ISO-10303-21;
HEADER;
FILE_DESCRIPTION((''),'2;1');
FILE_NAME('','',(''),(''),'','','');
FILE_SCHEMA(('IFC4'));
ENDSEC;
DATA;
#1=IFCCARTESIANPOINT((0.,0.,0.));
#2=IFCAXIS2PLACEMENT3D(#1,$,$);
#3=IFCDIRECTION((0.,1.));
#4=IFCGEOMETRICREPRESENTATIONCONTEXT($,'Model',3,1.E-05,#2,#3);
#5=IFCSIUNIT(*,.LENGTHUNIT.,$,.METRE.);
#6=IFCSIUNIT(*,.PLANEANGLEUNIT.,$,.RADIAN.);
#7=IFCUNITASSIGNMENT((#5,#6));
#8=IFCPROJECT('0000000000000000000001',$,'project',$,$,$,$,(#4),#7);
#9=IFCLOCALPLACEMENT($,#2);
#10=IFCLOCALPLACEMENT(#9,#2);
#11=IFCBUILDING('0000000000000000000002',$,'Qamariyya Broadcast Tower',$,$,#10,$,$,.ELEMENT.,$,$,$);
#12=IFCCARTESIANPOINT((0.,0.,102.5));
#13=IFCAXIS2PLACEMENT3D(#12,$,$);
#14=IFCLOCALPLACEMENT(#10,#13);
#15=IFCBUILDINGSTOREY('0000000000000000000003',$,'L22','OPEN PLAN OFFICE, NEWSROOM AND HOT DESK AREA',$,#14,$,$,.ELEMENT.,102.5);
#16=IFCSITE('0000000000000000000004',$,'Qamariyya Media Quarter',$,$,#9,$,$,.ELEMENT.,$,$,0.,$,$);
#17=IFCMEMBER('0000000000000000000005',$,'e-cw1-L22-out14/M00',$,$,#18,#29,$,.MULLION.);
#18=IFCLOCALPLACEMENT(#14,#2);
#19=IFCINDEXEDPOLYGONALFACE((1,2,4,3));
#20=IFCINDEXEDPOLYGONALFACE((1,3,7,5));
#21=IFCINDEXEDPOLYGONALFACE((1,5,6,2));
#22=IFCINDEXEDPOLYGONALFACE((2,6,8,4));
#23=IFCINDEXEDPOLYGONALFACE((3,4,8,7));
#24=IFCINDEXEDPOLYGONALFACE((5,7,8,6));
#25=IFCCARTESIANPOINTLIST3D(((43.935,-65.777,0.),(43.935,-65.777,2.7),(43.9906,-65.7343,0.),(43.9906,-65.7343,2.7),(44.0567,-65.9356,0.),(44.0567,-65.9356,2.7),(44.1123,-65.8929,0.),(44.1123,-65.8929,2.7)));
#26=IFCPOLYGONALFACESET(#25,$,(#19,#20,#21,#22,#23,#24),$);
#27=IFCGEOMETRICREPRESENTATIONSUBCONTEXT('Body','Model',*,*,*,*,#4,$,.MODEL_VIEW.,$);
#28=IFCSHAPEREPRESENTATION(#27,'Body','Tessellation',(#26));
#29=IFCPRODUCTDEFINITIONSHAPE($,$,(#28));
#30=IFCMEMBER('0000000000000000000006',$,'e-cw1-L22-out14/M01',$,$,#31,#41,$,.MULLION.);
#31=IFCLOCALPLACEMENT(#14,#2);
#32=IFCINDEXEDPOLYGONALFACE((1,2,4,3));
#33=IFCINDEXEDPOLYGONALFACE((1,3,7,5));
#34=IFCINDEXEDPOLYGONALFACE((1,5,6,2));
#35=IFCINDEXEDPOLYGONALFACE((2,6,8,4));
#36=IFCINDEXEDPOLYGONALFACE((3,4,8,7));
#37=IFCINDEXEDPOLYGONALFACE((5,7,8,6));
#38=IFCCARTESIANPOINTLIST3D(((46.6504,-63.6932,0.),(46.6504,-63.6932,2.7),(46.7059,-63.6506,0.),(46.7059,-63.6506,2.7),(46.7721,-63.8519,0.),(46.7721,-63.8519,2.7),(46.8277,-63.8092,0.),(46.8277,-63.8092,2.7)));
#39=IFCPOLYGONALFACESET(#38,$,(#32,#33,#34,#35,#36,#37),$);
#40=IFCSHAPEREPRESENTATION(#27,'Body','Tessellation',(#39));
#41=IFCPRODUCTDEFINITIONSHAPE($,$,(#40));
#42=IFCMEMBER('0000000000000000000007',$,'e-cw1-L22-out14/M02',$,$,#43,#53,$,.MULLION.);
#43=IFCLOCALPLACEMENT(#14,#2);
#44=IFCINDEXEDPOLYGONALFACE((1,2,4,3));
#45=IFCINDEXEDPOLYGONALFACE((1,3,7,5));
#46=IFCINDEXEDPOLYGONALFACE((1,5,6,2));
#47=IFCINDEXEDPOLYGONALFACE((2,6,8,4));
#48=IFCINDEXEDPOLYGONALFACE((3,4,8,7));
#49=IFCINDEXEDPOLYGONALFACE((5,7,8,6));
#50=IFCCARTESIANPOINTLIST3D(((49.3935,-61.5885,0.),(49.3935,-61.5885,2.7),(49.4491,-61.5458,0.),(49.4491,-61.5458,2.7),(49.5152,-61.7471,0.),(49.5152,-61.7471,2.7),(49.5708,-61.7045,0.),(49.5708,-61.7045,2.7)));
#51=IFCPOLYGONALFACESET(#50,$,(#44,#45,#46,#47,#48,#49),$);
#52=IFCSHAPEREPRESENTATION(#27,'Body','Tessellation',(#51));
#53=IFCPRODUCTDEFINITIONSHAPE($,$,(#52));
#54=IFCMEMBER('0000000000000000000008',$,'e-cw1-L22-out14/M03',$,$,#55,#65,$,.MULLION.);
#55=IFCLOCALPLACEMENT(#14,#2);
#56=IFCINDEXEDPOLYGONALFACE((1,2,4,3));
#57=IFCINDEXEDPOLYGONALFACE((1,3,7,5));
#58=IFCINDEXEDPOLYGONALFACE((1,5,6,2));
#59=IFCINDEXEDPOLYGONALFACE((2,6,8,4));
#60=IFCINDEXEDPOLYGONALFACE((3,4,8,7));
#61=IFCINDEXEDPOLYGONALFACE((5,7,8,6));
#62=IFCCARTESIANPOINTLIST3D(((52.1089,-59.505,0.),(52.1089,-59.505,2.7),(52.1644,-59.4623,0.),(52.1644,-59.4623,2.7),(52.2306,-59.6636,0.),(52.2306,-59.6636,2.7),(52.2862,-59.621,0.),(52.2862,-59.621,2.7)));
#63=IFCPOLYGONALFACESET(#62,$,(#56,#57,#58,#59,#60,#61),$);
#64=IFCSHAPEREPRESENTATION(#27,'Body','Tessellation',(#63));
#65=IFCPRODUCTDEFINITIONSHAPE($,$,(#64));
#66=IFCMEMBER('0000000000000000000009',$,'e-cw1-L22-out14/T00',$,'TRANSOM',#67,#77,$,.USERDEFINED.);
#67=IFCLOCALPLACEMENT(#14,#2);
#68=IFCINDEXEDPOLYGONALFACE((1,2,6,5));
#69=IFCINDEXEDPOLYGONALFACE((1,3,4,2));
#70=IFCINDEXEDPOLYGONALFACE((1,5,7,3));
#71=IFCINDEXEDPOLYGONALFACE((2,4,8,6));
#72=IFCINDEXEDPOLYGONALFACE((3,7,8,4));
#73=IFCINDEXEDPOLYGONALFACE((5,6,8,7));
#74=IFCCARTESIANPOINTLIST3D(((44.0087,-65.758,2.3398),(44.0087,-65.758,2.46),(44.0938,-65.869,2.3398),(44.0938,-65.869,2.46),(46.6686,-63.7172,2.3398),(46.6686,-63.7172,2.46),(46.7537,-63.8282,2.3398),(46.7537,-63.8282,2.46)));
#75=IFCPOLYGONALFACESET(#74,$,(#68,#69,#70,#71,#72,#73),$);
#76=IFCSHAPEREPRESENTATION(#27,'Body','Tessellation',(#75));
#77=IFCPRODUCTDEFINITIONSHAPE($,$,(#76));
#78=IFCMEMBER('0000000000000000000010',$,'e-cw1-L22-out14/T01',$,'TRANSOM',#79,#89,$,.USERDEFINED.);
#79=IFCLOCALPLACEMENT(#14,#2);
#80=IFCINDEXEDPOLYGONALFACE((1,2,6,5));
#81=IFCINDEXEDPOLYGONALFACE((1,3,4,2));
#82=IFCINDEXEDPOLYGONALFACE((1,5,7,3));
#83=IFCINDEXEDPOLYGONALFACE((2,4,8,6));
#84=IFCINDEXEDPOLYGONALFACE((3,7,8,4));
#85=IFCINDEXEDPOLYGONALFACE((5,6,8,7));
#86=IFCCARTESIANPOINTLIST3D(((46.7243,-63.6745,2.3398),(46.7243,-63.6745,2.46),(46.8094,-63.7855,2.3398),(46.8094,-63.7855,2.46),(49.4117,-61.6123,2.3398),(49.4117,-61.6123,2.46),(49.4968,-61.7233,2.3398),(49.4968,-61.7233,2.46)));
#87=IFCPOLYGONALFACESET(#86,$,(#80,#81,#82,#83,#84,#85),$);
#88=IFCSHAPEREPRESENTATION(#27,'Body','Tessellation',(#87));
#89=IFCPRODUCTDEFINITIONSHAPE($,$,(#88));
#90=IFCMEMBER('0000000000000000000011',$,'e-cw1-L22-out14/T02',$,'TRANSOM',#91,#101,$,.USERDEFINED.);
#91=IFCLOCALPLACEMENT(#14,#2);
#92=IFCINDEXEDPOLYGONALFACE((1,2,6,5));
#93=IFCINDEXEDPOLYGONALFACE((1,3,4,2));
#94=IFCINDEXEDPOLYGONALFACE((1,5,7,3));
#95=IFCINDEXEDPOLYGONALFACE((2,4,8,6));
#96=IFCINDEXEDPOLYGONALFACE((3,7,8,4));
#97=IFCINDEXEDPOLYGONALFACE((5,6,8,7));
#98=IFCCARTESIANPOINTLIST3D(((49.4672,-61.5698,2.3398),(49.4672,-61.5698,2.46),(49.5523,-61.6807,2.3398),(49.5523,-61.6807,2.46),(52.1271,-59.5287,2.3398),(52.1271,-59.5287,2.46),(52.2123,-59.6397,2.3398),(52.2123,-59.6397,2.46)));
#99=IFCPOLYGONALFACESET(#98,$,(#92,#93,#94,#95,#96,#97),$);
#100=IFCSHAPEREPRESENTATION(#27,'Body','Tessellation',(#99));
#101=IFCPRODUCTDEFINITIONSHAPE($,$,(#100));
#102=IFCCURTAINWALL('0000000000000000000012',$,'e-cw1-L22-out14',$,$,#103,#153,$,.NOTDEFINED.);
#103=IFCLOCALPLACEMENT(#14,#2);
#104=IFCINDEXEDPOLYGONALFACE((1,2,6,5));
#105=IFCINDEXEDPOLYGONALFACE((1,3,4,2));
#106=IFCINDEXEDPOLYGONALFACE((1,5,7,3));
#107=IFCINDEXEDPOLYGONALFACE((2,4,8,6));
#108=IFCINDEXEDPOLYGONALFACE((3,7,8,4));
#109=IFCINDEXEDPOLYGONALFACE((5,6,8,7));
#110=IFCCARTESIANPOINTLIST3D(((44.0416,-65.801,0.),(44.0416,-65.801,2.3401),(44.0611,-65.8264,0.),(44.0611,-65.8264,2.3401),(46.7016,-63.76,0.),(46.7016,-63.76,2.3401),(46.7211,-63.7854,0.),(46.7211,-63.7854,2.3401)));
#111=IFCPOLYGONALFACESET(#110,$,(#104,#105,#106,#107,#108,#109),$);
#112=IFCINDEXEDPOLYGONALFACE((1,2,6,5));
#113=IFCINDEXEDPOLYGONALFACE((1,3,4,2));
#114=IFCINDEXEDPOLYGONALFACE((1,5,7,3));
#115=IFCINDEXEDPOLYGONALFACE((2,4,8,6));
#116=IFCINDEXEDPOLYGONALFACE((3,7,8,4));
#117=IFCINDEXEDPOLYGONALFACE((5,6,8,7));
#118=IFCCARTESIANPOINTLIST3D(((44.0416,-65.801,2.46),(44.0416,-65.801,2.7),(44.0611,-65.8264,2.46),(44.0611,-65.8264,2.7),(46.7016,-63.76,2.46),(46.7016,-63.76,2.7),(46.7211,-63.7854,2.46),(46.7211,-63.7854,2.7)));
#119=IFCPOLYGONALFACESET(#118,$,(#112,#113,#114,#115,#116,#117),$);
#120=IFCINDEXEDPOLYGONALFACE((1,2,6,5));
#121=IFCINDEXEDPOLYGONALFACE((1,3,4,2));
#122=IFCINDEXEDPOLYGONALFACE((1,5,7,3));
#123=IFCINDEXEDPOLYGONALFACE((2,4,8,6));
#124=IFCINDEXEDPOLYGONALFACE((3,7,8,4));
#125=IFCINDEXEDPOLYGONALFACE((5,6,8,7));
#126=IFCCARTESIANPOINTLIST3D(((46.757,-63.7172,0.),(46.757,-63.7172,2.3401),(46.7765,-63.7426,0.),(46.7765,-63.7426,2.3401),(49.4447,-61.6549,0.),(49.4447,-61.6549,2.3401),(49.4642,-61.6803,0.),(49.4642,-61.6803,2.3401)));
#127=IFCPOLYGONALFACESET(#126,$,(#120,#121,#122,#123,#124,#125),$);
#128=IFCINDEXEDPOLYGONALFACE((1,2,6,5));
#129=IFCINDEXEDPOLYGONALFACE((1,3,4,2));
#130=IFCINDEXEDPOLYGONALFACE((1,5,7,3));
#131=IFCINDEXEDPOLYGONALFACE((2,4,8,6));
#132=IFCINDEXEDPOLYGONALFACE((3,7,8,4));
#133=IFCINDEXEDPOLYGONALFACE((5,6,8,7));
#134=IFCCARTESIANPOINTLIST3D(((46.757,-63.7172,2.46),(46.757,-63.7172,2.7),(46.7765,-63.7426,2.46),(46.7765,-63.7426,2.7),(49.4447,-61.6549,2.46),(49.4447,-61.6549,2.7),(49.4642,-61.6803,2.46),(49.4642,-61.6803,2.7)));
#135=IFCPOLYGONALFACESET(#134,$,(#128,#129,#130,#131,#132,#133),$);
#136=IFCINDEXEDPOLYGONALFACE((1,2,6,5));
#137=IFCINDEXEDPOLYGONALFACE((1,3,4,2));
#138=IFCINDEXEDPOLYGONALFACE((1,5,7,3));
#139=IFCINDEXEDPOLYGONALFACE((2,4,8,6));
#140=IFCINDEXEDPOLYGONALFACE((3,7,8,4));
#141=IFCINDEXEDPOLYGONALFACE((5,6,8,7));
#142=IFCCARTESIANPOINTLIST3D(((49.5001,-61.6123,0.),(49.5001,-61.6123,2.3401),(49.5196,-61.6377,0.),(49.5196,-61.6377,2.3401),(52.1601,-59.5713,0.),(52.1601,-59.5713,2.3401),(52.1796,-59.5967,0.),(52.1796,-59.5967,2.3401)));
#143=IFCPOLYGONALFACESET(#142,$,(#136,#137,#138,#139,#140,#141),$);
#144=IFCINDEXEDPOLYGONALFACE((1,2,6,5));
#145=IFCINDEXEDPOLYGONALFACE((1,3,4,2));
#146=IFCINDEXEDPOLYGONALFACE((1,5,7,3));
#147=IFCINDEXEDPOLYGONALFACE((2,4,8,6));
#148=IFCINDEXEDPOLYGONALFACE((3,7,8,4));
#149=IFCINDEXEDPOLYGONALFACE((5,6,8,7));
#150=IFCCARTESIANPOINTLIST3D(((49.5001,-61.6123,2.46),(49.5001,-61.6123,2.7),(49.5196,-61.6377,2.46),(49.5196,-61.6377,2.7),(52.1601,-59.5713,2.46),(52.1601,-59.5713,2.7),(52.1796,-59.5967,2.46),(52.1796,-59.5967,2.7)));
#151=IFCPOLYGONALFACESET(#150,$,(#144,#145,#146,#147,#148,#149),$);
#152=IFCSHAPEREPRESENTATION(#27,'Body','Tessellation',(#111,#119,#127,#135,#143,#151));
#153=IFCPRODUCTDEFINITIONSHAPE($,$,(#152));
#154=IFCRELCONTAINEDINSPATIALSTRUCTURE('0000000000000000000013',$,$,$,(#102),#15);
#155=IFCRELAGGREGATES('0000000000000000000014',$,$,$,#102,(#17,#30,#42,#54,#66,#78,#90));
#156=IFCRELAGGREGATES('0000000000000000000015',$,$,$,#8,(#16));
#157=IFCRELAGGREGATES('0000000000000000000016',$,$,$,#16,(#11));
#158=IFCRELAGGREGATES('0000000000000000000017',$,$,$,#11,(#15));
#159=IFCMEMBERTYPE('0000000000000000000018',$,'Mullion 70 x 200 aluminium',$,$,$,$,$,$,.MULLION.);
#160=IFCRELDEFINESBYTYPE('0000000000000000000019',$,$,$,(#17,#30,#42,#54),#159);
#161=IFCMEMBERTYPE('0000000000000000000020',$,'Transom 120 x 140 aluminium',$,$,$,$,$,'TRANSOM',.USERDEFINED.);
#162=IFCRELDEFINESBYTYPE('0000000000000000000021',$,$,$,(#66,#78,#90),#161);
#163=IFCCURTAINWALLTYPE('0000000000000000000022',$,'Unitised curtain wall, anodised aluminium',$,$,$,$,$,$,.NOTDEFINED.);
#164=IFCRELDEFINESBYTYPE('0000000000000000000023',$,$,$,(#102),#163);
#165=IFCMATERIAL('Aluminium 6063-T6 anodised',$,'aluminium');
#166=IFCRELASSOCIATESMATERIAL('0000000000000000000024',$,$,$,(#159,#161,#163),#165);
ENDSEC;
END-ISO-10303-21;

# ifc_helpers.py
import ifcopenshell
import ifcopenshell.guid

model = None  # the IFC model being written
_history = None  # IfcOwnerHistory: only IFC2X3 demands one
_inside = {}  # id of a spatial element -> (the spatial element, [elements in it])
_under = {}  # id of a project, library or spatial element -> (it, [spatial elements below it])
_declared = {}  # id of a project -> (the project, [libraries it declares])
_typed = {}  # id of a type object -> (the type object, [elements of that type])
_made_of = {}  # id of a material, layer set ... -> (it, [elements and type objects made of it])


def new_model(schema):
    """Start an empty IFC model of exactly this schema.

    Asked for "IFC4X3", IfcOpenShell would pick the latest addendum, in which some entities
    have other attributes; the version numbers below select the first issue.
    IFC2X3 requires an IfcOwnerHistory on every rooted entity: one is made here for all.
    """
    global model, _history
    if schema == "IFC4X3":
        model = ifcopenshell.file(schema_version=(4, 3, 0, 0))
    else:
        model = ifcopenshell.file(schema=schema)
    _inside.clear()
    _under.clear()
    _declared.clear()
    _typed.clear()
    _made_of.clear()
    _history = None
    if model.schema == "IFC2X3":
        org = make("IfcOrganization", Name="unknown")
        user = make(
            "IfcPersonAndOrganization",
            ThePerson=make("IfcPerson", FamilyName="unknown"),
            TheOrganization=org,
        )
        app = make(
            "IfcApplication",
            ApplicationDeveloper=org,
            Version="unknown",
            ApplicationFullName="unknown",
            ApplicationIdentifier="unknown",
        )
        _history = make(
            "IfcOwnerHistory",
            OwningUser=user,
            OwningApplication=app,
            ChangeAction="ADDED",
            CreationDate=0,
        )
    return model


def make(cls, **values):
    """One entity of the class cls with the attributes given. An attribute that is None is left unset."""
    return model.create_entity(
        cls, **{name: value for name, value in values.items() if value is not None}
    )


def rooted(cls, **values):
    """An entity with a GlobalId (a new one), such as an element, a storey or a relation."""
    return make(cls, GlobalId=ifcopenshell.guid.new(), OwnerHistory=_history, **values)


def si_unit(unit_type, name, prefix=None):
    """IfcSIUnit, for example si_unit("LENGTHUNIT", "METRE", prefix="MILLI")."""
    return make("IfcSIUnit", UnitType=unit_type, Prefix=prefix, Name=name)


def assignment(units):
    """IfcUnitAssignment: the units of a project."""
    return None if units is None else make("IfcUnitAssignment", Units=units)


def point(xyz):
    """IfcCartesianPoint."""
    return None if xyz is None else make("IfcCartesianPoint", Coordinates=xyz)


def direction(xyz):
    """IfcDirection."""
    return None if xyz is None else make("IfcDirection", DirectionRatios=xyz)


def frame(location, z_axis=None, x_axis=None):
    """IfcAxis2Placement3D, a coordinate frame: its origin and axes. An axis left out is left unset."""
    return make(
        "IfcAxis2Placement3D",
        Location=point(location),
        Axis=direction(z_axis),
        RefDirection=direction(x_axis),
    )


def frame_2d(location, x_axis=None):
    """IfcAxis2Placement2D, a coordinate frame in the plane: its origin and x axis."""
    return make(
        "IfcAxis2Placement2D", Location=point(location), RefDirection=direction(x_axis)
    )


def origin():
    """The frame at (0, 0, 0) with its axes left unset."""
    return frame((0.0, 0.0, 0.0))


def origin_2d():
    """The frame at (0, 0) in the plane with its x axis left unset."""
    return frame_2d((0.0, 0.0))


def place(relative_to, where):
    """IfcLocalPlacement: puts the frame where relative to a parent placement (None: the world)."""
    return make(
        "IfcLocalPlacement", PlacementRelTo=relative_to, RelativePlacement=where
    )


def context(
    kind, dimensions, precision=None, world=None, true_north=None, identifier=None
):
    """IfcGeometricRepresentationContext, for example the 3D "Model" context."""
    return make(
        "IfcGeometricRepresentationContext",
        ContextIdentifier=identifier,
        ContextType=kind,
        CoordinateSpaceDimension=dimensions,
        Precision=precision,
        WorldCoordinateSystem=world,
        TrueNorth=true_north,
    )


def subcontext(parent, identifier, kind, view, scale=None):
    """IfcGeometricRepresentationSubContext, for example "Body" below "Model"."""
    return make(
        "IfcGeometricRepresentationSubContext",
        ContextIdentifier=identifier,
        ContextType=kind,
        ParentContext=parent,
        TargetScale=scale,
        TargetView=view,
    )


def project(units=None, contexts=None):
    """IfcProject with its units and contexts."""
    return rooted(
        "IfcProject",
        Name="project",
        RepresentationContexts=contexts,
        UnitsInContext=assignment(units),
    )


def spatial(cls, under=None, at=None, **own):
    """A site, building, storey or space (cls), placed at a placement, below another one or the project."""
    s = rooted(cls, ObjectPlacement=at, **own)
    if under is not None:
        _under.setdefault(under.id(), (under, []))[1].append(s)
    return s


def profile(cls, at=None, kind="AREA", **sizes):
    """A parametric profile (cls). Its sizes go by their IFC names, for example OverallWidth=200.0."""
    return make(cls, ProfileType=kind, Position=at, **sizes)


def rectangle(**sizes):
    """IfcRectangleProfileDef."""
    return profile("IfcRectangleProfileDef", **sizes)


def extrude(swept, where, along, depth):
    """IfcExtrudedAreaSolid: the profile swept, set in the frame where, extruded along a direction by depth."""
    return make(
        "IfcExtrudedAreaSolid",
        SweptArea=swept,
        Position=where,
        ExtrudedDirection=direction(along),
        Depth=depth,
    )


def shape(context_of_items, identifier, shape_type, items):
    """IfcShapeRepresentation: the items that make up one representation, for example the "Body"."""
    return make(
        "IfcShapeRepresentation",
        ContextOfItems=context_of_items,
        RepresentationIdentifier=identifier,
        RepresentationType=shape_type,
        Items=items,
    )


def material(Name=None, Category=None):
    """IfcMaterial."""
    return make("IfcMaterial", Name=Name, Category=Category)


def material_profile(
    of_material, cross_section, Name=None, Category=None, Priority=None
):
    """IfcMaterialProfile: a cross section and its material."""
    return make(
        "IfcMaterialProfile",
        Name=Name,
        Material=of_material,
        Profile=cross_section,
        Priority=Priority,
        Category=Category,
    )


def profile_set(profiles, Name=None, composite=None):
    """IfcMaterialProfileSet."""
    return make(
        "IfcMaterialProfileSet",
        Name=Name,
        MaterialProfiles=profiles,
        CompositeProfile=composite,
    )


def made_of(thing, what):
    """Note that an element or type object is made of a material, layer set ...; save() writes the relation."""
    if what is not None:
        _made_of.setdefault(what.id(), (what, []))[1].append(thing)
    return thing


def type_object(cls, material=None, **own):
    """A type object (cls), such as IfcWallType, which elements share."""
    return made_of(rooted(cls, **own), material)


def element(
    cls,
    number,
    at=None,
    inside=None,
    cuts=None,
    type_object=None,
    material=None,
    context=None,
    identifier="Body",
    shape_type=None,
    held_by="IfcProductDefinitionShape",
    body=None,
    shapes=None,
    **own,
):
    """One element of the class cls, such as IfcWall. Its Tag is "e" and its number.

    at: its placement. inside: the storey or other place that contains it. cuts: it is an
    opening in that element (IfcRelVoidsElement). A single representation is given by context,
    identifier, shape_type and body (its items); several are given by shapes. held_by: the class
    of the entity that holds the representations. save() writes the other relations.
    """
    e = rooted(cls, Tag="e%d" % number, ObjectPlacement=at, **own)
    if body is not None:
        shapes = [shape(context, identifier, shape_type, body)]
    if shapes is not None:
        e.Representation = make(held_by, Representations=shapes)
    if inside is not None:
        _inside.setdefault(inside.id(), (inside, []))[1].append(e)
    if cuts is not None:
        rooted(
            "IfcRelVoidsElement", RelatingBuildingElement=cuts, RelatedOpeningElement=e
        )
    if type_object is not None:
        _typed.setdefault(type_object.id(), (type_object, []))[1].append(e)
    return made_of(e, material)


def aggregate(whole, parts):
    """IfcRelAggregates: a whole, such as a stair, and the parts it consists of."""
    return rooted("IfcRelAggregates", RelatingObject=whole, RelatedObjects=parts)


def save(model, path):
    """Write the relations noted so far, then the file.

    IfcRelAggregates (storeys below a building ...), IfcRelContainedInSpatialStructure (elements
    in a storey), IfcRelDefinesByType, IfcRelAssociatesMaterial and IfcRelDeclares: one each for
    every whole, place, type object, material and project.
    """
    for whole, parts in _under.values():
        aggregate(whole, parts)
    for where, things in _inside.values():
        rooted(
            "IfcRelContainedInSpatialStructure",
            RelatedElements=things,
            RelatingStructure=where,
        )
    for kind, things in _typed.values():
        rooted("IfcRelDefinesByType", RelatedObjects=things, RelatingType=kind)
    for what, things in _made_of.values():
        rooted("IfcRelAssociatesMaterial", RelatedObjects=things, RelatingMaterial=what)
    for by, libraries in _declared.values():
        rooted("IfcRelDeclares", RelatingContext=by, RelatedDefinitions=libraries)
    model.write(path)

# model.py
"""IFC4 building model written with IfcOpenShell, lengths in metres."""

from ifc_helpers import new_model, si_unit, direction, frame, origin, origin_2d, place, context, subcontext, project, spatial, rectangle, extrude, material, material_profile, profile_set, type_object, element, aggregate, save


model = new_model("IFC4")

# Units and contexts
model_context = context("Model", 3, precision=1e-05, world=origin(), true_north=direction((0.0, 1.0)))
body_context = subcontext(model_context, "Body", "Model", "MODEL_VIEW")
ifc_project = project(units=[si_unit("LENGTHUNIT", "METRE"), si_unit("PLANEANGLEUNIT", "RADIAN")], contexts=[model_context])

# Members
ifc_material = material(Name="Aluminium 6063-T6 anodised", Category="aluminium")
ifc_material_profile_1 = material_profile(ifc_material, rectangle(XDim=0.2, YDim=0.0701, at=origin_2d()))
ifc_profile_set_1 = profile_set([ifc_material_profile_1], Name="Aluminium 6063-T6 anodised")
member_type_1 = type_object("IfcMemberType", Name="Mullion 70 x 200 aluminium", PredefinedType="MULLION", material=ifc_profile_set_1)
site_placement = place(None, origin())
building_placement = place(site_placement, origin())
storey_placement = place(building_placement, frame((0.0, 0.0, 102.5)))
member_1_placement = place(storey_placement, frame((44.0237, -65.835, 0.0), z_axis=(0.0, 0.0, 1.0), x_axis=(-0.608761, 0.793353, 0.0)))
member_1 = element("IfcMember", 1, at=member_1_placement, type_object=member_type_1, Name="e-cw1-L22-out14/M00", PredefinedType="MULLION", context=body_context, shape_type="SweptSolid", body=[
    extrude(rectangle(XDim=0.2, YDim=0.0701, at=origin_2d()), origin(), (0.0, 0.0, 1.0), 2.7),
])
member_2_placement = place(storey_placement, frame((46.739, -63.7512, 0.0), z_axis=(0.0, 0.0, 1.0), x_axis=(-0.608761, 0.793353, 0.0)))
member_2 = element("IfcMember", 2, at=member_2_placement, type_object=member_type_1, Name="e-cw1-L22-out14/M01", PredefinedType="MULLION", context=body_context, shape_type="SweptSolid", body=[
    extrude(rectangle(XDim=0.2, YDim=0.0701, at=origin_2d()), origin(), (0.0, 0.0, 1.0), 2.7),
])
member_3_placement = place(storey_placement, frame((49.4822, -61.6465, 0.0), z_axis=(0.0, 0.0, 1.0), x_axis=(-0.608761, 0.793353, 0.0)))
member_3 = element("IfcMember", 3, at=member_3_placement, type_object=member_type_1, Name="e-cw1-L22-out14/M02", PredefinedType="MULLION", context=body_context, shape_type="SweptSolid", body=[
    extrude(rectangle(XDim=0.2, YDim=0.0701, at=origin_2d()), origin(), (0.0, 0.0, 1.0), 2.7),
])
member_4_placement = place(storey_placement, frame((52.1975, -59.563, 0.0), z_axis=(0.0, 0.0, 1.0), x_axis=(-0.608761, 0.793353, 0.0)))
member_4 = element("IfcMember", 4, at=member_4_placement, type_object=member_type_1, Name="e-cw1-L22-out14/M03", PredefinedType="MULLION", context=body_context, shape_type="SweptSolid", body=[
    extrude(rectangle(XDim=0.2, YDim=0.0701, at=origin_2d()), origin(), (0.0, 0.0, 1.0), 2.7),
])
ifc_material_profile_2 = material_profile(ifc_material, rectangle(XDim=0.1399, YDim=0.1201, at=origin_2d()))
ifc_profile_set_2 = profile_set([ifc_material_profile_2], Name="Aluminium 6063-T6 anodised")
member_type_2 = type_object("IfcMemberType", Name="Transom 120 x 140 aluminium", ElementType="TRANSOM", PredefinedType="USERDEFINED", material=ifc_profile_set_2)
member_5_placement = place(storey_placement, frame((44.0513, -65.8135, 2.3999), z_axis=(0.793389, 0.608714, 0.0), x_axis=(-0.608714, 0.793389, 0.0)))
member_5 = element("IfcMember", 5, at=member_5_placement, type_object=member_type_2, Name="e-cw1-L22-out14/T00", ObjectType="TRANSOM", PredefinedType="USERDEFINED", context=body_context, shape_type="SweptSolid", body=[
    extrude(rectangle(XDim=0.1399, YDim=0.1201, at=origin_2d()), origin(), (0.0, 0.0, 1.0), 3.3525),
])
member_6_placement = place(storey_placement, frame((46.7668, -63.73, 2.3999), z_axis=(0.793344, 0.608773, 0.0), x_axis=(-0.608773, 0.793344, 0.0)))
member_6 = element("IfcMember", 6, at=member_6_placement, type_object=member_type_2, Name="e-cw1-L22-out14/T01", ObjectType="TRANSOM", PredefinedType="USERDEFINED", context=body_context, shape_type="SweptSolid", body=[
    extrude(rectangle(XDim=0.1399, YDim=0.1201, at=origin_2d()), origin(), (0.0, 0.0, 1.0), 3.3875),
])
member_7_placement = place(storey_placement, frame((49.5098, -61.6252, 2.3999), z_axis=(0.793354, 0.60876, 0.0), x_axis=(-0.60876, 0.793354, 0.0)))
member_7 = element("IfcMember", 7, at=member_7_placement, type_object=member_type_2, Name="e-cw1-L22-out14/T02", ObjectType="TRANSOM", PredefinedType="USERDEFINED", context=body_context, shape_type="SweptSolid", body=[
    extrude(rectangle(XDim=0.1399, YDim=0.1201, at=origin_2d()), origin(), (0.0, 0.0, 1.0), 3.3528),
])

# Site, building, storey
site = spatial("IfcSite", under=ifc_project, at=site_placement, Name="Qamariyya Media Quarter", CompositionType="ELEMENT", RefElevation=0.0)
building = spatial("IfcBuilding", under=site, at=building_placement, Name="Qamariyya Broadcast Tower", CompositionType="ELEMENT")
storey = spatial("IfcBuildingStorey", under=building, at=storey_placement, Name="L22", Description="OPEN PLAN OFFICE, NEWSROOM AND HOT DESK AREA", CompositionType="ELEMENT", Elevation=102.5)

# Curtain wall
curtain_wall_type = type_object("IfcCurtainWallType", Name="Unitised curtain wall, anodised aluminium", PredefinedType="NOTDEFINED", material=ifc_material)
curtain_wall_1_placement = place(storey_placement, origin())
curtain_wall_1 = element("IfcCurtainWall", 8, at=curtain_wall_1_placement, inside=storey, type_object=curtain_wall_type, Name="e-cw1-L22-out14", PredefinedType="NOTDEFINED", context=body_context, shape_type="SweptSolid", body=[
    extrude(rectangle(XDim=3.3528, YDim=0.032, at=origin_2d()), frame((45.3813, -64.7932, 0.0), x_axis=(0.793354, 0.608761, 0.0)), (0.0, 0.0, 1.0), 2.3401),
    extrude(rectangle(XDim=3.3528, YDim=0.032, at=origin_2d()), frame((45.3813, -64.7932, 2.46), x_axis=(0.793354, 0.608761, 0.0)), (0.0, 0.0, 1.0), 0.24),
    extrude(rectangle(XDim=3.3877, YDim=0.032, at=origin_2d()), frame((48.1106, -62.6987, 0.0), x_axis=(0.793354, 0.608761, 0.0)), (0.0, 0.0, 1.0), 2.3401),
    extrude(rectangle(XDim=3.3877, YDim=0.032, at=origin_2d()), frame((48.1106, -62.6987, 2.46), x_axis=(0.793354, 0.608761, 0.0)), (0.0, 0.0, 1.0), 0.24),
    extrude(rectangle(XDim=3.3528, YDim=0.032, at=origin_2d()), frame((50.8398, -60.6045, 0.0), x_axis=(0.793354, 0.608761, 0.0)), (0.0, 0.0, 1.0), 2.3401),
    extrude(rectangle(XDim=3.3528, YDim=0.032, at=origin_2d()), frame((50.8398, -60.6045, 2.46), x_axis=(0.793354, 0.608761, 0.0)), (0.0, 0.0, 1.0), 0.24),
])
aggregate(curtain_wall_1, [member_1, member_2, member_3, member_4, member_5, member_6, member_7])

save(model, "model.ifc")
